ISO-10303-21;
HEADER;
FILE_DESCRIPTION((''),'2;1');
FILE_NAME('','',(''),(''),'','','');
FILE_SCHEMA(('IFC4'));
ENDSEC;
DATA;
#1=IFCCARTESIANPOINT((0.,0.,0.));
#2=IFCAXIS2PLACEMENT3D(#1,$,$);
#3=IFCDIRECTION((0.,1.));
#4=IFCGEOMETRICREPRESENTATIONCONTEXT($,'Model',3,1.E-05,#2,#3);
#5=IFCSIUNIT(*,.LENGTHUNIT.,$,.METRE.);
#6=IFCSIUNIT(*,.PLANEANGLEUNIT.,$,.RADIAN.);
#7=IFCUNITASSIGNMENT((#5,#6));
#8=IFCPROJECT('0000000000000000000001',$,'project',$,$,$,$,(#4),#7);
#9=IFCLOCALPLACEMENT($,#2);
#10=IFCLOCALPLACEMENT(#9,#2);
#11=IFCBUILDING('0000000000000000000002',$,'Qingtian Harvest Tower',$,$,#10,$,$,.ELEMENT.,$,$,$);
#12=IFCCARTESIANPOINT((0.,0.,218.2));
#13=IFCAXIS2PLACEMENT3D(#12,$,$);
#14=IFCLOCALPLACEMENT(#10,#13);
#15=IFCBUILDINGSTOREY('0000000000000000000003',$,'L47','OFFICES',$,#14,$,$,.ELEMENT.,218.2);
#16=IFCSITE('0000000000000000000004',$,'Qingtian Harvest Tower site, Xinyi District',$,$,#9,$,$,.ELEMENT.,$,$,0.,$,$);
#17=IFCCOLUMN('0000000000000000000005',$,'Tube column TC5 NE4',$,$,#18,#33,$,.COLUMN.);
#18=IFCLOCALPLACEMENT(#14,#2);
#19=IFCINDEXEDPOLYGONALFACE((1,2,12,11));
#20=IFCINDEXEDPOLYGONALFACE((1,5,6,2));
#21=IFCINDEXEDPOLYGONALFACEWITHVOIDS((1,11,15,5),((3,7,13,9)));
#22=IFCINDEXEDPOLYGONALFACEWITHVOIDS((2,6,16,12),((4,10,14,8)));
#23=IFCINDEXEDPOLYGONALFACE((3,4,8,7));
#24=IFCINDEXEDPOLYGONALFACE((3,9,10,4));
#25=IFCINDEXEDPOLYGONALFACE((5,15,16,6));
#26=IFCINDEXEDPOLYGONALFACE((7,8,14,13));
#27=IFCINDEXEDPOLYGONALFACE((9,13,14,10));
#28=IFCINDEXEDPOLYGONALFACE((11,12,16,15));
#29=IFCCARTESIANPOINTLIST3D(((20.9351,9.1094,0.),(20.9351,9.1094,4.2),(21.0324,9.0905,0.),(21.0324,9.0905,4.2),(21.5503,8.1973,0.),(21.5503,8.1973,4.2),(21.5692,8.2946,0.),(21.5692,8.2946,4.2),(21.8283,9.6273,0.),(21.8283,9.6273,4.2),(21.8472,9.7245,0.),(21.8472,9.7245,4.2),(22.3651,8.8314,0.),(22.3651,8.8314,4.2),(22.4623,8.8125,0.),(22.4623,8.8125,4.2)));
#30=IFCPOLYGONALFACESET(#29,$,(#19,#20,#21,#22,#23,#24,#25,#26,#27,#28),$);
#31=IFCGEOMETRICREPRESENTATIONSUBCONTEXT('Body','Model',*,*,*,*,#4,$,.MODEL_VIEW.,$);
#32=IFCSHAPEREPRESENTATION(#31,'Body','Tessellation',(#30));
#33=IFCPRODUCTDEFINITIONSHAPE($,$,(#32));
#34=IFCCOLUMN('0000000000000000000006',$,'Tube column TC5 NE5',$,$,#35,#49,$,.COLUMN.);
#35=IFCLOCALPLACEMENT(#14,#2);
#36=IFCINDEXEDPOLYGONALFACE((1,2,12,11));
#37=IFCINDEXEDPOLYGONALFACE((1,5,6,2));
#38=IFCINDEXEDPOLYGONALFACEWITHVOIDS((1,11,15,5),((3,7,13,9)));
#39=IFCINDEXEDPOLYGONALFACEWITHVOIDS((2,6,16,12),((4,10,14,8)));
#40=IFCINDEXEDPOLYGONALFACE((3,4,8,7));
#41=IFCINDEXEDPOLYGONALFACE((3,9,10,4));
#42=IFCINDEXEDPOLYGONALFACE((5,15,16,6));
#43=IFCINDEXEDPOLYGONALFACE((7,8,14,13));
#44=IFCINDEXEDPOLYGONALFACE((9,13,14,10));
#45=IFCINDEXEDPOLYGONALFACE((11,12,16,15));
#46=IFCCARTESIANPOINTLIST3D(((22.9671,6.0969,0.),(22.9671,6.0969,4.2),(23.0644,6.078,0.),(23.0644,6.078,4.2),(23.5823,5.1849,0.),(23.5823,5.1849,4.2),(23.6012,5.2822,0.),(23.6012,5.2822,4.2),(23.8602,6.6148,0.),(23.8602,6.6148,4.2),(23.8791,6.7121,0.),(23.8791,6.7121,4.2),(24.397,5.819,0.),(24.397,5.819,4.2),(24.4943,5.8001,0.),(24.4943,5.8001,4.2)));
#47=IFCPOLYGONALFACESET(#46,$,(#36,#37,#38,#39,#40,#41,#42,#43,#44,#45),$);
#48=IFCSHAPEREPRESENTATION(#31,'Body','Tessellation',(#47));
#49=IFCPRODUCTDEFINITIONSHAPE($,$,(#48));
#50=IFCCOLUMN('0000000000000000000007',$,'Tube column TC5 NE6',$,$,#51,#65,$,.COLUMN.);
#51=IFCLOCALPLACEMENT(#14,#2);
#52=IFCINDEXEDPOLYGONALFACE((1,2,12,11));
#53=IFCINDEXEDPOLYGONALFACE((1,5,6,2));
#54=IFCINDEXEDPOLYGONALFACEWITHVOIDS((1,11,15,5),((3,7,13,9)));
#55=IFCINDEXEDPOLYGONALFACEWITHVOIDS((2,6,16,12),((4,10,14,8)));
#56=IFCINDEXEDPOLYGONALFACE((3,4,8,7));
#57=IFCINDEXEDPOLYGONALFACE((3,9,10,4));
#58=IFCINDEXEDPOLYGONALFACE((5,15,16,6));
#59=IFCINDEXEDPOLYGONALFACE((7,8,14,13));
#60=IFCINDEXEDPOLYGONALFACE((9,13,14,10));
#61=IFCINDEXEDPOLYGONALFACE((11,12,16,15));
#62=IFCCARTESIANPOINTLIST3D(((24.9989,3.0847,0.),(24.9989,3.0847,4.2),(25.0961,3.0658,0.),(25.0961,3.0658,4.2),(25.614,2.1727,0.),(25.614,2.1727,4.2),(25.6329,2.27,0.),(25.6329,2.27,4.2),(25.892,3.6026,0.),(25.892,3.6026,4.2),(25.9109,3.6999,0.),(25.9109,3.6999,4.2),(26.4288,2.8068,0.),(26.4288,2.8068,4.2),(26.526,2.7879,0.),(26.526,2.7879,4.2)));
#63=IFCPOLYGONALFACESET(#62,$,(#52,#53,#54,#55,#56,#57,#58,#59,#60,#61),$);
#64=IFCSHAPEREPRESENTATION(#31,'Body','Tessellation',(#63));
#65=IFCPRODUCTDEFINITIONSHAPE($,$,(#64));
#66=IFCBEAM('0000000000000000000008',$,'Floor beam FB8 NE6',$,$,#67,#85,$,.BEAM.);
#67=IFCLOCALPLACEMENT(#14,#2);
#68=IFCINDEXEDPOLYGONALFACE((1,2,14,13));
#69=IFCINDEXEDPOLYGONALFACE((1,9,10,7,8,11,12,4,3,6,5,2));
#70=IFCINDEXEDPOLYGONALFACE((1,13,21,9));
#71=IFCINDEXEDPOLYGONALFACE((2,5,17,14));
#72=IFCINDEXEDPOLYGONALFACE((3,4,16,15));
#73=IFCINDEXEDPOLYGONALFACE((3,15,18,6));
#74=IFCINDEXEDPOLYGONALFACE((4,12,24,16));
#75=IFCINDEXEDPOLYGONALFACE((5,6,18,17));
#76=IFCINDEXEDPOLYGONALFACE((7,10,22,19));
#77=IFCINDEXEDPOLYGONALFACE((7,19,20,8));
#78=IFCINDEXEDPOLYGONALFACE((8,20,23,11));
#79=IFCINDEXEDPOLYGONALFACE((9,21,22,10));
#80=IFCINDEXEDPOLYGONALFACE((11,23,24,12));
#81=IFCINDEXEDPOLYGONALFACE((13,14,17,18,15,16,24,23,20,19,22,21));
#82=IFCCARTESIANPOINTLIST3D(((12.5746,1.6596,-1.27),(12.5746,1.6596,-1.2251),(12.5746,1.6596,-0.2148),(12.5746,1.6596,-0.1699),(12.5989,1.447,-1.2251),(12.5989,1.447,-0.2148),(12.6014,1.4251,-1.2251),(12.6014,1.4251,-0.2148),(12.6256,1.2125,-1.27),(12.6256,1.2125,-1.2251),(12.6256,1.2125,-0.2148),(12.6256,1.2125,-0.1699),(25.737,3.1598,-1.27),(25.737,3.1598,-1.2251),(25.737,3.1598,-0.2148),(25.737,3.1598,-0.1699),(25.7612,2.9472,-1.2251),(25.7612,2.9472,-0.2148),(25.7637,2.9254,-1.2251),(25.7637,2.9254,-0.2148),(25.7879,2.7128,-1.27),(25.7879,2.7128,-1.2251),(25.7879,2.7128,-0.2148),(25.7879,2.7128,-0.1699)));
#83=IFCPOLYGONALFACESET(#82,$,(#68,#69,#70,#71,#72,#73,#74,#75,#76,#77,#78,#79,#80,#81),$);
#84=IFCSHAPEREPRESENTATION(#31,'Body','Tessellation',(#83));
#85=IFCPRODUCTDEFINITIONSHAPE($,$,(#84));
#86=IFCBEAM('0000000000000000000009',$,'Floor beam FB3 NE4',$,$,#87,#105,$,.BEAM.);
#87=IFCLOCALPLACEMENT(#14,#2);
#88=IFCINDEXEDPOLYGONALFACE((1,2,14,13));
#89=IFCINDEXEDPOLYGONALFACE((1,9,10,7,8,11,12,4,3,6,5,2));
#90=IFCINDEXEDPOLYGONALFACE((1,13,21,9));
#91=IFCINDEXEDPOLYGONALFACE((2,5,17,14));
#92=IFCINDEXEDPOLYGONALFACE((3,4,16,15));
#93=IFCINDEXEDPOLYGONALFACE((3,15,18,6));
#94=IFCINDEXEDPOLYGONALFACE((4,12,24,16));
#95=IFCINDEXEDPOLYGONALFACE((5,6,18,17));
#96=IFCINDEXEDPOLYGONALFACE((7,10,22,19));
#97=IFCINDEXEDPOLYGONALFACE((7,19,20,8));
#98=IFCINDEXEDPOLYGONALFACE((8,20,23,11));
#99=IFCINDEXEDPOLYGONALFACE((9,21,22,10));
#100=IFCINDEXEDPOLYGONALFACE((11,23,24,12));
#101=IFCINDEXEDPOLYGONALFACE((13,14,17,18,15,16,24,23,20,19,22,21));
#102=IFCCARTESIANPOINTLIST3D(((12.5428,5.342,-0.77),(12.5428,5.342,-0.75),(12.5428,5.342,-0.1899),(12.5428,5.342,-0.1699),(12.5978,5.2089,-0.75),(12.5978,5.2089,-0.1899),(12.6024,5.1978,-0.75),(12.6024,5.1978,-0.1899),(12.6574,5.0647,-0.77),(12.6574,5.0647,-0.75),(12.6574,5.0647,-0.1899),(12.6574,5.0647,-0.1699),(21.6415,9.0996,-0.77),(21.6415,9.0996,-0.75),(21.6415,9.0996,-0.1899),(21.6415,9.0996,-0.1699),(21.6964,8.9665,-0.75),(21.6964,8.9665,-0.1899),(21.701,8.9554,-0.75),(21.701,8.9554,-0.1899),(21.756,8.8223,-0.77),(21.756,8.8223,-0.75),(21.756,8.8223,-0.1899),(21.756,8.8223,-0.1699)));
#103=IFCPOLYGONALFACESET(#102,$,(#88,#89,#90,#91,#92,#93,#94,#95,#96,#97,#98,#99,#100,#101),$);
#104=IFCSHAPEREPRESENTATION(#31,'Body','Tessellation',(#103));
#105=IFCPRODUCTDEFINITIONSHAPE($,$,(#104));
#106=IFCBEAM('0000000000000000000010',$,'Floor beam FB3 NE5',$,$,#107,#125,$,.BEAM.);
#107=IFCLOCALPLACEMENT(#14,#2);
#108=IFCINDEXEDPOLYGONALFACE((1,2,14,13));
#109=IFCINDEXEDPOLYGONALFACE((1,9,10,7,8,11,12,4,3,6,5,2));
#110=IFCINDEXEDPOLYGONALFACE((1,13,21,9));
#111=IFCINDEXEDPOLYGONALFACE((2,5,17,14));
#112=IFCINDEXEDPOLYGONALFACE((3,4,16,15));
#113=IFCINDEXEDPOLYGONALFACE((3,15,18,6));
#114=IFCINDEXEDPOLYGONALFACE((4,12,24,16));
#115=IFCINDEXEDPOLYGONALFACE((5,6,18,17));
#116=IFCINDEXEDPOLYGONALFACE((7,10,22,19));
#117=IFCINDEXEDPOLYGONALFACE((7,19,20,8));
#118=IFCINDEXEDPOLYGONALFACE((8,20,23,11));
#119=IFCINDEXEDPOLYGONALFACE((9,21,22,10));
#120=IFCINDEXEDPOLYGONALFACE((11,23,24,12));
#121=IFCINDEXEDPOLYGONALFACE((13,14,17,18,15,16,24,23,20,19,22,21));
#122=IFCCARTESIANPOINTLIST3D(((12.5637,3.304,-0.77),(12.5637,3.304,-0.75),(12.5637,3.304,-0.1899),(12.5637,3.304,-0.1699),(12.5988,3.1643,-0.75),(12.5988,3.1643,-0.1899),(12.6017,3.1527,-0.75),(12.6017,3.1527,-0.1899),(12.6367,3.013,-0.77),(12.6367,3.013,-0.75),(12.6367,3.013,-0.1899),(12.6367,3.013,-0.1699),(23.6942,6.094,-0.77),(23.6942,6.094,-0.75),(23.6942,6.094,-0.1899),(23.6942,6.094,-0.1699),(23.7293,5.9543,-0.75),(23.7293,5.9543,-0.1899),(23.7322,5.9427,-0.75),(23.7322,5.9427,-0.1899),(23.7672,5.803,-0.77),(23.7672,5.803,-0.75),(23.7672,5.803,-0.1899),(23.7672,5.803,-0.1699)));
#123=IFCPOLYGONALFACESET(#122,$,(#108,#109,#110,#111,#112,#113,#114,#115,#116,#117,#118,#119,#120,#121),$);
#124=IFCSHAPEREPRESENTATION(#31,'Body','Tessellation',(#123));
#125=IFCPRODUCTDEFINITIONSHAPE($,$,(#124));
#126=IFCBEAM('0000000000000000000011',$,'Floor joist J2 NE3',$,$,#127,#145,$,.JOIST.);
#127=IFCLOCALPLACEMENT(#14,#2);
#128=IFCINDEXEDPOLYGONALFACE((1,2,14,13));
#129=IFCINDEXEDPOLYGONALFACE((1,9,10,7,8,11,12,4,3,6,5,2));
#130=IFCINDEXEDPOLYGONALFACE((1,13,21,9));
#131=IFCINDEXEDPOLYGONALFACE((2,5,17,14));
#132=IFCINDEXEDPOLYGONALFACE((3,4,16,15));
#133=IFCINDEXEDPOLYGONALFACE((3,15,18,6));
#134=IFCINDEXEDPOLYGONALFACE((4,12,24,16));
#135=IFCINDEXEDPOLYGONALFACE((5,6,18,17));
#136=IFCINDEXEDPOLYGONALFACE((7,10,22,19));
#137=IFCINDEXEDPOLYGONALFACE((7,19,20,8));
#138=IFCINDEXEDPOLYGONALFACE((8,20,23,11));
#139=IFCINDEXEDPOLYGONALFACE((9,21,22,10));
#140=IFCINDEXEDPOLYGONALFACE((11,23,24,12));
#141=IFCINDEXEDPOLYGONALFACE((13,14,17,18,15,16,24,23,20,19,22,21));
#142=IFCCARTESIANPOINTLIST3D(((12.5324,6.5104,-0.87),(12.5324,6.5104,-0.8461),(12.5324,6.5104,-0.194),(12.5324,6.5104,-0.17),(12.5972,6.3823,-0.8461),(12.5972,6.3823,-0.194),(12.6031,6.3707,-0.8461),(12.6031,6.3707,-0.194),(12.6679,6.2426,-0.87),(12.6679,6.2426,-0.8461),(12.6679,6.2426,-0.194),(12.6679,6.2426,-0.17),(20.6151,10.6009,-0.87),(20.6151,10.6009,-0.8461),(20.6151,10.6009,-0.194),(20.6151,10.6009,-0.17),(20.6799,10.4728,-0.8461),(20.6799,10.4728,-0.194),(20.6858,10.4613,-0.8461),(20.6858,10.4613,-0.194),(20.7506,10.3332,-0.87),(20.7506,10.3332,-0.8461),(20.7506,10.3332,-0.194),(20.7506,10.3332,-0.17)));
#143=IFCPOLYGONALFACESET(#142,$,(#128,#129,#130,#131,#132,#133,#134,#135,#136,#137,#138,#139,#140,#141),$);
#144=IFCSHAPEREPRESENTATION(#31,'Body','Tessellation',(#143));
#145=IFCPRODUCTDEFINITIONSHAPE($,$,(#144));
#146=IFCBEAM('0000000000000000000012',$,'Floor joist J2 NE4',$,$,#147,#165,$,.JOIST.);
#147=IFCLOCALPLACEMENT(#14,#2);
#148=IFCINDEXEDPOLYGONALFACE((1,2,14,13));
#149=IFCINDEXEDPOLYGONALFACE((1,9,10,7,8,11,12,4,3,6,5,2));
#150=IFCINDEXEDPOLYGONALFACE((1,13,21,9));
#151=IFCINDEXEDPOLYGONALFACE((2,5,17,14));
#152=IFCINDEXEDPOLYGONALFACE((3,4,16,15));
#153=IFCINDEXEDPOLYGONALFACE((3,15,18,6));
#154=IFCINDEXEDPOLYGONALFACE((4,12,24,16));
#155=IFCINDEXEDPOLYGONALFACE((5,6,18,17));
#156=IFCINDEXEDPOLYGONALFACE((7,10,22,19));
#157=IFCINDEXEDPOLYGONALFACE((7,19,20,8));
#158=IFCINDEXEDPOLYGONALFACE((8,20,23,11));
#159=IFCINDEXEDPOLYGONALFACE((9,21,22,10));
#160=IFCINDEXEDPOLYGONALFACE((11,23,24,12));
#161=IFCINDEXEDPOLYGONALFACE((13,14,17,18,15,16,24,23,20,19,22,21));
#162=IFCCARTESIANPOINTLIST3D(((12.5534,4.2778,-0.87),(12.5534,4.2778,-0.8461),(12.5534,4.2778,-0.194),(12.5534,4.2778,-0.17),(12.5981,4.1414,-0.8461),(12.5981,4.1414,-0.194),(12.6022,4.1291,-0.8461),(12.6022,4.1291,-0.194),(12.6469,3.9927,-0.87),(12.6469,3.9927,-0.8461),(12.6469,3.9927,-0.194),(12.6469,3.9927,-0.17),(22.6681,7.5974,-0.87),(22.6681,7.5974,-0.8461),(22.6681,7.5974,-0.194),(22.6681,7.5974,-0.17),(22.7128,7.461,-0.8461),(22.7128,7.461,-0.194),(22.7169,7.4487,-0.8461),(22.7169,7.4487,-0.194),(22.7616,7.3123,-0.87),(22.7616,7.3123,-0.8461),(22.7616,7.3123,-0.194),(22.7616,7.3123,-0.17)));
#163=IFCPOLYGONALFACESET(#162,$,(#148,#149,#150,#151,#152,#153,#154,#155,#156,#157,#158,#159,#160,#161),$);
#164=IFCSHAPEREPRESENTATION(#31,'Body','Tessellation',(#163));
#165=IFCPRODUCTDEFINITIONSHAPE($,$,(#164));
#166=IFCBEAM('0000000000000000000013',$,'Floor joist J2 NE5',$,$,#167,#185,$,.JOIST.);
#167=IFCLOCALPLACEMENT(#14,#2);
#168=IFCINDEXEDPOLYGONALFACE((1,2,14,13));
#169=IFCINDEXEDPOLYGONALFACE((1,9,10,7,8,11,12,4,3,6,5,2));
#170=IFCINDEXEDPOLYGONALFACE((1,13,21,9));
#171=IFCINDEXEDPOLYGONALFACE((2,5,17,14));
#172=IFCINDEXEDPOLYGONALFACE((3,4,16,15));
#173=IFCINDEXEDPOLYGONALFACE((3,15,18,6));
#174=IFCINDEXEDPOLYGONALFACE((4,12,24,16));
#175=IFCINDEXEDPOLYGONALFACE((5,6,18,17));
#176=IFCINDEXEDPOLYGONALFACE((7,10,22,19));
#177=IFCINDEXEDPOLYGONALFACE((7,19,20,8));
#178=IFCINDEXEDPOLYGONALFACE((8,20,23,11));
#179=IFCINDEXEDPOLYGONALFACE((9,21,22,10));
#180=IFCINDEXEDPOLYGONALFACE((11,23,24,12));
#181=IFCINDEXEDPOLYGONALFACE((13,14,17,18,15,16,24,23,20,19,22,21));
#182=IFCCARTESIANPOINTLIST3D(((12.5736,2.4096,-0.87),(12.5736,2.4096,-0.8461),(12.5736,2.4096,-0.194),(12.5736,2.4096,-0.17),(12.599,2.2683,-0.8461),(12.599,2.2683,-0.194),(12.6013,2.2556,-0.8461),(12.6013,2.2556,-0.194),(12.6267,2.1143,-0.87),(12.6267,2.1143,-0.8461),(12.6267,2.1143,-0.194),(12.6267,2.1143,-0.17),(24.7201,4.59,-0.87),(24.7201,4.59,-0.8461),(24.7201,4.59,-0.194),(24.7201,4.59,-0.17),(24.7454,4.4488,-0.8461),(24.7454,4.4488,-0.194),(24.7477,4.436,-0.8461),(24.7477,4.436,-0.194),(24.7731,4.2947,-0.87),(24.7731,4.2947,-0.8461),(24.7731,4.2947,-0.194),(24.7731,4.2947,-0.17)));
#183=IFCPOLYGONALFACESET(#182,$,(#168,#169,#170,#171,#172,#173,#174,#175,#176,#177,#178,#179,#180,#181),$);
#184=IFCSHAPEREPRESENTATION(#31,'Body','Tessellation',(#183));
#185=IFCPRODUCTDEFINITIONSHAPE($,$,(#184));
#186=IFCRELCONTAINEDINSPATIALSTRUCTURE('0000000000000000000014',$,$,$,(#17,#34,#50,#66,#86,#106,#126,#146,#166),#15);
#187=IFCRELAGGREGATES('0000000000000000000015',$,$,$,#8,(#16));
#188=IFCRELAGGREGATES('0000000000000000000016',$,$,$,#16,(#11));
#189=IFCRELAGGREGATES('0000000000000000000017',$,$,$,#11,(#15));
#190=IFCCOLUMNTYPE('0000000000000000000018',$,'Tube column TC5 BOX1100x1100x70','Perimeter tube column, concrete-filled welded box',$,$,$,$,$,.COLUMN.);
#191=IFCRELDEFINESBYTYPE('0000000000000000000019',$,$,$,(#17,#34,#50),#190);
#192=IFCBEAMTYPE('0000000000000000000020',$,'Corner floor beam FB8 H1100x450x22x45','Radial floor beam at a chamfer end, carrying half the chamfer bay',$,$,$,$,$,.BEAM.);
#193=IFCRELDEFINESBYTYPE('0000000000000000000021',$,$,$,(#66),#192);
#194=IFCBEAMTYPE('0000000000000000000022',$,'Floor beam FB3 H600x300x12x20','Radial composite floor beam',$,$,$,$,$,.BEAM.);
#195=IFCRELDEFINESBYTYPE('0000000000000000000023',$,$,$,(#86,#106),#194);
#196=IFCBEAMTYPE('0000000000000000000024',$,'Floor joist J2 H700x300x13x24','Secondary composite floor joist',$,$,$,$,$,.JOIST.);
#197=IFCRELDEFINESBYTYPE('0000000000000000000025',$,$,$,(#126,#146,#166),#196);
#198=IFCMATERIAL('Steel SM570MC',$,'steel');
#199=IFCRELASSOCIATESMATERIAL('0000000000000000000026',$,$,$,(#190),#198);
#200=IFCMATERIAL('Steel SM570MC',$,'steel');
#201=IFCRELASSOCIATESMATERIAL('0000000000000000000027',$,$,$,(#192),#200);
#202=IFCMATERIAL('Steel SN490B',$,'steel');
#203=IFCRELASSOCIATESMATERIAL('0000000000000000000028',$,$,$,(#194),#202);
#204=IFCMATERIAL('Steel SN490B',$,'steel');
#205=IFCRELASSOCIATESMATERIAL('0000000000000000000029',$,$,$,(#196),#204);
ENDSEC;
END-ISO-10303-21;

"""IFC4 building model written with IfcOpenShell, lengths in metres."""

from ifc_helpers import new_model, si_unit, direction, frame, origin, origin_2d, place, context, subcontext, project, spatial, hollow_rectangle, i_section, extrude, material, material_profile, profile_set, type_object, element, save


model = new_model("IFC4")

# Units and contexts
model_context = context("Model", 3, precision=1e-05, world=origin(), true_north=direction((0.0, 1.0)))
body_context = subcontext(model_context, "Body", "Model", "MODEL_VIEW")
ifc_project = project(units=[si_unit("LENGTHUNIT", "METRE"), si_unit("PLANEANGLEUNIT", "RADIAN")], contexts=[model_context])

# Site, building, storey
site_placement = place(None, origin())
site = spatial("IfcSite", under=ifc_project, at=site_placement, Name="Qingtian Harvest Tower site, Xinyi District", CompositionType="ELEMENT", RefElevation=0.0)
building_placement = place(site_placement, origin())
building = spatial("IfcBuilding", under=site, at=building_placement, Name="Qingtian Harvest Tower", CompositionType="ELEMENT")
storey_placement = place(building_placement, frame((0.0, 0.0, 218.2)))
storey = spatial("IfcBuildingStorey", under=building, at=storey_placement, Name="L47", Description="OFFICES", CompositionType="ELEMENT", Elevation=218.2)

# Columns
ifc_material_1 = material(Name="Steel SM570MC", Category="steel")
ifc_material_profile_1 = material_profile(ifc_material_1, hollow_rectangle(XDim=1.1001, YDim=1.1001, WallThickness=0.0701, at=origin_2d()), Name="BOX1100x1100x70")
ifc_profile_set_1 = profile_set([ifc_material_profile_1], Name="Steel SM570MC")
column_type = type_object("IfcColumnType", Name="Tube column TC5 BOX1100x1100x70", Description="Perimeter tube column, concrete-filled welded box", PredefinedType="COLUMN", material=ifc_profile_set_1)
for number, where, z_axis, x_axis, name in (
    (1, (21.6987, 8.9609, 0.0), (0.0, 0.0, 1.0), (-0.559193, 0.829038, 0.0), "Tube column TC5 NE4"),
    (2, (23.7307, 5.9485, 0.0), (0.0, 0.0, 1.0), (-0.559193, 0.829038, 0.0), "Tube column TC5 NE5"),
    (3, (25.7625, 2.9363, 0.0), (0.0, 0.0, 1.0), (-0.559193, 0.829038, 0.0), "Tube column TC5 NE6"),
):
    element("IfcColumn", number, at=place(storey_placement, frame(where, z_axis=z_axis, x_axis=x_axis)), inside=storey, type_object=column_type, Name=name, PredefinedType="COLUMN", context=body_context, shape_type="SweptSolid", body=[
        extrude(hollow_rectangle(XDim=1.1001, YDim=1.1001, WallThickness=0.0701, at=origin_2d()), origin(), (0.0, 0.0, 1.0), 4.2),
    ])

# Beams
ifc_material_2 = material(Name="Steel SM570MC", Category="steel")
ifc_material_profile_2 = material_profile(ifc_material_2, i_section(OverallWidth=0.45, OverallDepth=1.1001, WebThickness=0.022, FlangeThickness=0.0449, at=origin_2d()), Name="H1100x450x22x45")
ifc_profile_set_2 = profile_set([ifc_material_profile_2], Name="Steel SM570MC")
beam_type_1 = type_object("IfcBeamType", Name="Corner floor beam FB8 H1100x450x22x45", Description="Radial floor beam at a chamfer end, carrying half the chamfer bay", PredefinedType="BEAM", material=ifc_profile_set_2)
beam_1_placement = place(storey_placement, frame((25.7625, 2.9363, -0.72), z_axis=(-0.993567, -0.113247, 0.0), x_axis=(0.113247, -0.993567, 0.0)))
element("IfcBeam", 4, at=beam_1_placement, inside=storey, type_object=beam_type_1, Name="Floor beam FB8 NE6", PredefinedType="BEAM", context=body_context, shape_type="SweptSolid", body=[
    extrude(i_section(OverallWidth=0.45, OverallDepth=1.1001, WebThickness=0.022, FlangeThickness=0.0449, at=origin_2d()), origin(), (0.0, 0.0, 1.0), 13.2476),
])
ifc_material_3 = material(Name="Steel SN490B", Category="steel")
ifc_material_profile_3 = material_profile(ifc_material_3, i_section(OverallWidth=0.3, OverallDepth=0.6001, WebThickness=0.012, FlangeThickness=0.02, at=origin_2d()), Name="H600x300x12x20")
ifc_profile_set_3 = profile_set([ifc_material_profile_3], Name="Steel SN490B")
beam_type_2 = type_object("IfcBeamType", Name="Floor beam FB3 H600x300x12x20", Description="Radial composite floor beam", PredefinedType="BEAM", material=ifc_profile_set_3)
beam_2_placement = place(storey_placement, frame((21.6987, 8.9609, -0.47), z_axis=(-0.924282, -0.381711, 0.0), x_axis=(0.381711, -0.924282, 0.0)))
element("IfcBeam", 5, at=beam_2_placement, inside=storey, type_object=beam_type_2, Name="Floor beam FB3 NE4", PredefinedType="BEAM", context=body_context, shape_type="SweptSolid", body=[
    extrude(i_section(OverallWidth=0.3, OverallDepth=0.6001, WebThickness=0.012, FlangeThickness=0.02, at=origin_2d()), origin(), (0.0, 0.0, 1.0), 9.844),
])
beam_3_placement = place(storey_placement, frame((23.7307, 5.9485, -0.47), z_axis=(-0.969991, -0.243141, 0.0), x_axis=(0.243141, -0.969991, 0.0)))
element("IfcBeam", 6, at=beam_3_placement, inside=storey, type_object=beam_type_2, Name="Floor beam FB3 NE5", PredefinedType="BEAM", context=body_context, shape_type="SweptSolid", body=[
    extrude(i_section(OverallWidth=0.3, OverallDepth=0.6001, WebThickness=0.012, FlangeThickness=0.02, at=origin_2d()), origin(), (0.0, 0.0, 1.0), 11.4749),
])
ifc_material_4 = material(Name="Steel SN490B", Category="steel")
ifc_material_profile_4 = material_profile(ifc_material_4, i_section(OverallWidth=0.3, OverallDepth=0.7, WebThickness=0.0129, FlangeThickness=0.0239, at=origin_2d()), Name="H700x300x13x24")
ifc_profile_set_4 = profile_set([ifc_material_profile_4], Name="Steel SN490B")
beam_type_3 = type_object("IfcBeamType", Name="Floor joist J2 H700x300x13x24", Description="Secondary composite floor joist", PredefinedType="JOIST", material=ifc_profile_set_4)
beam_4_placement = place(storey_placement, frame((20.6829, 10.467, -0.52), z_axis=(-0.892244, -0.451553, 0.0), x_axis=(0.451553, -0.892244, 0.0)))
element("IfcBeam", 7, at=beam_4_placement, inside=storey, type_object=beam_type_3, Name="Floor joist J2 NE3", PredefinedType="JOIST", context=body_context, shape_type="SweptSolid", body=[
    extrude(i_section(OverallWidth=0.3, OverallDepth=0.7, WebThickness=0.0129, FlangeThickness=0.0239, at=origin_2d()), origin(), (0.0, 0.0, 1.0), 9.0588),
])
beam_5_placement = place(storey_placement, frame((22.7148, 7.4548, -0.52), z_axis=(-0.950139, -0.311828, 0.0), x_axis=(0.311828, -0.950139, 0.0)))
element("IfcBeam", 8, at=beam_5_placement, inside=storey, type_object=beam_type_3, Name="Floor joist J2 NE4", PredefinedType="JOIST", context=body_context, shape_type="SweptSolid", body=[
    extrude(i_section(OverallWidth=0.3, OverallDepth=0.7, WebThickness=0.0129, FlangeThickness=0.0239, at=origin_2d()), origin(), (0.0, 0.0, 1.0), 10.6455),
])
beam_6_placement = place(storey_placement, frame((24.7466, 4.4424, -0.52), z_axis=(-0.984267, -0.176686, 0.0), x_axis=(0.176686, -0.984267, 0.0)))
element("IfcBeam", 9, at=beam_6_placement, inside=storey, type_object=beam_type_3, Name="Floor joist J2 NE5", PredefinedType="JOIST", context=body_context, shape_type="SweptSolid", body=[
    extrude(i_section(OverallWidth=0.3, OverallDepth=0.7, WebThickness=0.0129, FlangeThickness=0.0239, at=origin_2d()), origin(), (0.0, 0.0, 1.0), 12.3406),
])

save(model, "model.ifc")
